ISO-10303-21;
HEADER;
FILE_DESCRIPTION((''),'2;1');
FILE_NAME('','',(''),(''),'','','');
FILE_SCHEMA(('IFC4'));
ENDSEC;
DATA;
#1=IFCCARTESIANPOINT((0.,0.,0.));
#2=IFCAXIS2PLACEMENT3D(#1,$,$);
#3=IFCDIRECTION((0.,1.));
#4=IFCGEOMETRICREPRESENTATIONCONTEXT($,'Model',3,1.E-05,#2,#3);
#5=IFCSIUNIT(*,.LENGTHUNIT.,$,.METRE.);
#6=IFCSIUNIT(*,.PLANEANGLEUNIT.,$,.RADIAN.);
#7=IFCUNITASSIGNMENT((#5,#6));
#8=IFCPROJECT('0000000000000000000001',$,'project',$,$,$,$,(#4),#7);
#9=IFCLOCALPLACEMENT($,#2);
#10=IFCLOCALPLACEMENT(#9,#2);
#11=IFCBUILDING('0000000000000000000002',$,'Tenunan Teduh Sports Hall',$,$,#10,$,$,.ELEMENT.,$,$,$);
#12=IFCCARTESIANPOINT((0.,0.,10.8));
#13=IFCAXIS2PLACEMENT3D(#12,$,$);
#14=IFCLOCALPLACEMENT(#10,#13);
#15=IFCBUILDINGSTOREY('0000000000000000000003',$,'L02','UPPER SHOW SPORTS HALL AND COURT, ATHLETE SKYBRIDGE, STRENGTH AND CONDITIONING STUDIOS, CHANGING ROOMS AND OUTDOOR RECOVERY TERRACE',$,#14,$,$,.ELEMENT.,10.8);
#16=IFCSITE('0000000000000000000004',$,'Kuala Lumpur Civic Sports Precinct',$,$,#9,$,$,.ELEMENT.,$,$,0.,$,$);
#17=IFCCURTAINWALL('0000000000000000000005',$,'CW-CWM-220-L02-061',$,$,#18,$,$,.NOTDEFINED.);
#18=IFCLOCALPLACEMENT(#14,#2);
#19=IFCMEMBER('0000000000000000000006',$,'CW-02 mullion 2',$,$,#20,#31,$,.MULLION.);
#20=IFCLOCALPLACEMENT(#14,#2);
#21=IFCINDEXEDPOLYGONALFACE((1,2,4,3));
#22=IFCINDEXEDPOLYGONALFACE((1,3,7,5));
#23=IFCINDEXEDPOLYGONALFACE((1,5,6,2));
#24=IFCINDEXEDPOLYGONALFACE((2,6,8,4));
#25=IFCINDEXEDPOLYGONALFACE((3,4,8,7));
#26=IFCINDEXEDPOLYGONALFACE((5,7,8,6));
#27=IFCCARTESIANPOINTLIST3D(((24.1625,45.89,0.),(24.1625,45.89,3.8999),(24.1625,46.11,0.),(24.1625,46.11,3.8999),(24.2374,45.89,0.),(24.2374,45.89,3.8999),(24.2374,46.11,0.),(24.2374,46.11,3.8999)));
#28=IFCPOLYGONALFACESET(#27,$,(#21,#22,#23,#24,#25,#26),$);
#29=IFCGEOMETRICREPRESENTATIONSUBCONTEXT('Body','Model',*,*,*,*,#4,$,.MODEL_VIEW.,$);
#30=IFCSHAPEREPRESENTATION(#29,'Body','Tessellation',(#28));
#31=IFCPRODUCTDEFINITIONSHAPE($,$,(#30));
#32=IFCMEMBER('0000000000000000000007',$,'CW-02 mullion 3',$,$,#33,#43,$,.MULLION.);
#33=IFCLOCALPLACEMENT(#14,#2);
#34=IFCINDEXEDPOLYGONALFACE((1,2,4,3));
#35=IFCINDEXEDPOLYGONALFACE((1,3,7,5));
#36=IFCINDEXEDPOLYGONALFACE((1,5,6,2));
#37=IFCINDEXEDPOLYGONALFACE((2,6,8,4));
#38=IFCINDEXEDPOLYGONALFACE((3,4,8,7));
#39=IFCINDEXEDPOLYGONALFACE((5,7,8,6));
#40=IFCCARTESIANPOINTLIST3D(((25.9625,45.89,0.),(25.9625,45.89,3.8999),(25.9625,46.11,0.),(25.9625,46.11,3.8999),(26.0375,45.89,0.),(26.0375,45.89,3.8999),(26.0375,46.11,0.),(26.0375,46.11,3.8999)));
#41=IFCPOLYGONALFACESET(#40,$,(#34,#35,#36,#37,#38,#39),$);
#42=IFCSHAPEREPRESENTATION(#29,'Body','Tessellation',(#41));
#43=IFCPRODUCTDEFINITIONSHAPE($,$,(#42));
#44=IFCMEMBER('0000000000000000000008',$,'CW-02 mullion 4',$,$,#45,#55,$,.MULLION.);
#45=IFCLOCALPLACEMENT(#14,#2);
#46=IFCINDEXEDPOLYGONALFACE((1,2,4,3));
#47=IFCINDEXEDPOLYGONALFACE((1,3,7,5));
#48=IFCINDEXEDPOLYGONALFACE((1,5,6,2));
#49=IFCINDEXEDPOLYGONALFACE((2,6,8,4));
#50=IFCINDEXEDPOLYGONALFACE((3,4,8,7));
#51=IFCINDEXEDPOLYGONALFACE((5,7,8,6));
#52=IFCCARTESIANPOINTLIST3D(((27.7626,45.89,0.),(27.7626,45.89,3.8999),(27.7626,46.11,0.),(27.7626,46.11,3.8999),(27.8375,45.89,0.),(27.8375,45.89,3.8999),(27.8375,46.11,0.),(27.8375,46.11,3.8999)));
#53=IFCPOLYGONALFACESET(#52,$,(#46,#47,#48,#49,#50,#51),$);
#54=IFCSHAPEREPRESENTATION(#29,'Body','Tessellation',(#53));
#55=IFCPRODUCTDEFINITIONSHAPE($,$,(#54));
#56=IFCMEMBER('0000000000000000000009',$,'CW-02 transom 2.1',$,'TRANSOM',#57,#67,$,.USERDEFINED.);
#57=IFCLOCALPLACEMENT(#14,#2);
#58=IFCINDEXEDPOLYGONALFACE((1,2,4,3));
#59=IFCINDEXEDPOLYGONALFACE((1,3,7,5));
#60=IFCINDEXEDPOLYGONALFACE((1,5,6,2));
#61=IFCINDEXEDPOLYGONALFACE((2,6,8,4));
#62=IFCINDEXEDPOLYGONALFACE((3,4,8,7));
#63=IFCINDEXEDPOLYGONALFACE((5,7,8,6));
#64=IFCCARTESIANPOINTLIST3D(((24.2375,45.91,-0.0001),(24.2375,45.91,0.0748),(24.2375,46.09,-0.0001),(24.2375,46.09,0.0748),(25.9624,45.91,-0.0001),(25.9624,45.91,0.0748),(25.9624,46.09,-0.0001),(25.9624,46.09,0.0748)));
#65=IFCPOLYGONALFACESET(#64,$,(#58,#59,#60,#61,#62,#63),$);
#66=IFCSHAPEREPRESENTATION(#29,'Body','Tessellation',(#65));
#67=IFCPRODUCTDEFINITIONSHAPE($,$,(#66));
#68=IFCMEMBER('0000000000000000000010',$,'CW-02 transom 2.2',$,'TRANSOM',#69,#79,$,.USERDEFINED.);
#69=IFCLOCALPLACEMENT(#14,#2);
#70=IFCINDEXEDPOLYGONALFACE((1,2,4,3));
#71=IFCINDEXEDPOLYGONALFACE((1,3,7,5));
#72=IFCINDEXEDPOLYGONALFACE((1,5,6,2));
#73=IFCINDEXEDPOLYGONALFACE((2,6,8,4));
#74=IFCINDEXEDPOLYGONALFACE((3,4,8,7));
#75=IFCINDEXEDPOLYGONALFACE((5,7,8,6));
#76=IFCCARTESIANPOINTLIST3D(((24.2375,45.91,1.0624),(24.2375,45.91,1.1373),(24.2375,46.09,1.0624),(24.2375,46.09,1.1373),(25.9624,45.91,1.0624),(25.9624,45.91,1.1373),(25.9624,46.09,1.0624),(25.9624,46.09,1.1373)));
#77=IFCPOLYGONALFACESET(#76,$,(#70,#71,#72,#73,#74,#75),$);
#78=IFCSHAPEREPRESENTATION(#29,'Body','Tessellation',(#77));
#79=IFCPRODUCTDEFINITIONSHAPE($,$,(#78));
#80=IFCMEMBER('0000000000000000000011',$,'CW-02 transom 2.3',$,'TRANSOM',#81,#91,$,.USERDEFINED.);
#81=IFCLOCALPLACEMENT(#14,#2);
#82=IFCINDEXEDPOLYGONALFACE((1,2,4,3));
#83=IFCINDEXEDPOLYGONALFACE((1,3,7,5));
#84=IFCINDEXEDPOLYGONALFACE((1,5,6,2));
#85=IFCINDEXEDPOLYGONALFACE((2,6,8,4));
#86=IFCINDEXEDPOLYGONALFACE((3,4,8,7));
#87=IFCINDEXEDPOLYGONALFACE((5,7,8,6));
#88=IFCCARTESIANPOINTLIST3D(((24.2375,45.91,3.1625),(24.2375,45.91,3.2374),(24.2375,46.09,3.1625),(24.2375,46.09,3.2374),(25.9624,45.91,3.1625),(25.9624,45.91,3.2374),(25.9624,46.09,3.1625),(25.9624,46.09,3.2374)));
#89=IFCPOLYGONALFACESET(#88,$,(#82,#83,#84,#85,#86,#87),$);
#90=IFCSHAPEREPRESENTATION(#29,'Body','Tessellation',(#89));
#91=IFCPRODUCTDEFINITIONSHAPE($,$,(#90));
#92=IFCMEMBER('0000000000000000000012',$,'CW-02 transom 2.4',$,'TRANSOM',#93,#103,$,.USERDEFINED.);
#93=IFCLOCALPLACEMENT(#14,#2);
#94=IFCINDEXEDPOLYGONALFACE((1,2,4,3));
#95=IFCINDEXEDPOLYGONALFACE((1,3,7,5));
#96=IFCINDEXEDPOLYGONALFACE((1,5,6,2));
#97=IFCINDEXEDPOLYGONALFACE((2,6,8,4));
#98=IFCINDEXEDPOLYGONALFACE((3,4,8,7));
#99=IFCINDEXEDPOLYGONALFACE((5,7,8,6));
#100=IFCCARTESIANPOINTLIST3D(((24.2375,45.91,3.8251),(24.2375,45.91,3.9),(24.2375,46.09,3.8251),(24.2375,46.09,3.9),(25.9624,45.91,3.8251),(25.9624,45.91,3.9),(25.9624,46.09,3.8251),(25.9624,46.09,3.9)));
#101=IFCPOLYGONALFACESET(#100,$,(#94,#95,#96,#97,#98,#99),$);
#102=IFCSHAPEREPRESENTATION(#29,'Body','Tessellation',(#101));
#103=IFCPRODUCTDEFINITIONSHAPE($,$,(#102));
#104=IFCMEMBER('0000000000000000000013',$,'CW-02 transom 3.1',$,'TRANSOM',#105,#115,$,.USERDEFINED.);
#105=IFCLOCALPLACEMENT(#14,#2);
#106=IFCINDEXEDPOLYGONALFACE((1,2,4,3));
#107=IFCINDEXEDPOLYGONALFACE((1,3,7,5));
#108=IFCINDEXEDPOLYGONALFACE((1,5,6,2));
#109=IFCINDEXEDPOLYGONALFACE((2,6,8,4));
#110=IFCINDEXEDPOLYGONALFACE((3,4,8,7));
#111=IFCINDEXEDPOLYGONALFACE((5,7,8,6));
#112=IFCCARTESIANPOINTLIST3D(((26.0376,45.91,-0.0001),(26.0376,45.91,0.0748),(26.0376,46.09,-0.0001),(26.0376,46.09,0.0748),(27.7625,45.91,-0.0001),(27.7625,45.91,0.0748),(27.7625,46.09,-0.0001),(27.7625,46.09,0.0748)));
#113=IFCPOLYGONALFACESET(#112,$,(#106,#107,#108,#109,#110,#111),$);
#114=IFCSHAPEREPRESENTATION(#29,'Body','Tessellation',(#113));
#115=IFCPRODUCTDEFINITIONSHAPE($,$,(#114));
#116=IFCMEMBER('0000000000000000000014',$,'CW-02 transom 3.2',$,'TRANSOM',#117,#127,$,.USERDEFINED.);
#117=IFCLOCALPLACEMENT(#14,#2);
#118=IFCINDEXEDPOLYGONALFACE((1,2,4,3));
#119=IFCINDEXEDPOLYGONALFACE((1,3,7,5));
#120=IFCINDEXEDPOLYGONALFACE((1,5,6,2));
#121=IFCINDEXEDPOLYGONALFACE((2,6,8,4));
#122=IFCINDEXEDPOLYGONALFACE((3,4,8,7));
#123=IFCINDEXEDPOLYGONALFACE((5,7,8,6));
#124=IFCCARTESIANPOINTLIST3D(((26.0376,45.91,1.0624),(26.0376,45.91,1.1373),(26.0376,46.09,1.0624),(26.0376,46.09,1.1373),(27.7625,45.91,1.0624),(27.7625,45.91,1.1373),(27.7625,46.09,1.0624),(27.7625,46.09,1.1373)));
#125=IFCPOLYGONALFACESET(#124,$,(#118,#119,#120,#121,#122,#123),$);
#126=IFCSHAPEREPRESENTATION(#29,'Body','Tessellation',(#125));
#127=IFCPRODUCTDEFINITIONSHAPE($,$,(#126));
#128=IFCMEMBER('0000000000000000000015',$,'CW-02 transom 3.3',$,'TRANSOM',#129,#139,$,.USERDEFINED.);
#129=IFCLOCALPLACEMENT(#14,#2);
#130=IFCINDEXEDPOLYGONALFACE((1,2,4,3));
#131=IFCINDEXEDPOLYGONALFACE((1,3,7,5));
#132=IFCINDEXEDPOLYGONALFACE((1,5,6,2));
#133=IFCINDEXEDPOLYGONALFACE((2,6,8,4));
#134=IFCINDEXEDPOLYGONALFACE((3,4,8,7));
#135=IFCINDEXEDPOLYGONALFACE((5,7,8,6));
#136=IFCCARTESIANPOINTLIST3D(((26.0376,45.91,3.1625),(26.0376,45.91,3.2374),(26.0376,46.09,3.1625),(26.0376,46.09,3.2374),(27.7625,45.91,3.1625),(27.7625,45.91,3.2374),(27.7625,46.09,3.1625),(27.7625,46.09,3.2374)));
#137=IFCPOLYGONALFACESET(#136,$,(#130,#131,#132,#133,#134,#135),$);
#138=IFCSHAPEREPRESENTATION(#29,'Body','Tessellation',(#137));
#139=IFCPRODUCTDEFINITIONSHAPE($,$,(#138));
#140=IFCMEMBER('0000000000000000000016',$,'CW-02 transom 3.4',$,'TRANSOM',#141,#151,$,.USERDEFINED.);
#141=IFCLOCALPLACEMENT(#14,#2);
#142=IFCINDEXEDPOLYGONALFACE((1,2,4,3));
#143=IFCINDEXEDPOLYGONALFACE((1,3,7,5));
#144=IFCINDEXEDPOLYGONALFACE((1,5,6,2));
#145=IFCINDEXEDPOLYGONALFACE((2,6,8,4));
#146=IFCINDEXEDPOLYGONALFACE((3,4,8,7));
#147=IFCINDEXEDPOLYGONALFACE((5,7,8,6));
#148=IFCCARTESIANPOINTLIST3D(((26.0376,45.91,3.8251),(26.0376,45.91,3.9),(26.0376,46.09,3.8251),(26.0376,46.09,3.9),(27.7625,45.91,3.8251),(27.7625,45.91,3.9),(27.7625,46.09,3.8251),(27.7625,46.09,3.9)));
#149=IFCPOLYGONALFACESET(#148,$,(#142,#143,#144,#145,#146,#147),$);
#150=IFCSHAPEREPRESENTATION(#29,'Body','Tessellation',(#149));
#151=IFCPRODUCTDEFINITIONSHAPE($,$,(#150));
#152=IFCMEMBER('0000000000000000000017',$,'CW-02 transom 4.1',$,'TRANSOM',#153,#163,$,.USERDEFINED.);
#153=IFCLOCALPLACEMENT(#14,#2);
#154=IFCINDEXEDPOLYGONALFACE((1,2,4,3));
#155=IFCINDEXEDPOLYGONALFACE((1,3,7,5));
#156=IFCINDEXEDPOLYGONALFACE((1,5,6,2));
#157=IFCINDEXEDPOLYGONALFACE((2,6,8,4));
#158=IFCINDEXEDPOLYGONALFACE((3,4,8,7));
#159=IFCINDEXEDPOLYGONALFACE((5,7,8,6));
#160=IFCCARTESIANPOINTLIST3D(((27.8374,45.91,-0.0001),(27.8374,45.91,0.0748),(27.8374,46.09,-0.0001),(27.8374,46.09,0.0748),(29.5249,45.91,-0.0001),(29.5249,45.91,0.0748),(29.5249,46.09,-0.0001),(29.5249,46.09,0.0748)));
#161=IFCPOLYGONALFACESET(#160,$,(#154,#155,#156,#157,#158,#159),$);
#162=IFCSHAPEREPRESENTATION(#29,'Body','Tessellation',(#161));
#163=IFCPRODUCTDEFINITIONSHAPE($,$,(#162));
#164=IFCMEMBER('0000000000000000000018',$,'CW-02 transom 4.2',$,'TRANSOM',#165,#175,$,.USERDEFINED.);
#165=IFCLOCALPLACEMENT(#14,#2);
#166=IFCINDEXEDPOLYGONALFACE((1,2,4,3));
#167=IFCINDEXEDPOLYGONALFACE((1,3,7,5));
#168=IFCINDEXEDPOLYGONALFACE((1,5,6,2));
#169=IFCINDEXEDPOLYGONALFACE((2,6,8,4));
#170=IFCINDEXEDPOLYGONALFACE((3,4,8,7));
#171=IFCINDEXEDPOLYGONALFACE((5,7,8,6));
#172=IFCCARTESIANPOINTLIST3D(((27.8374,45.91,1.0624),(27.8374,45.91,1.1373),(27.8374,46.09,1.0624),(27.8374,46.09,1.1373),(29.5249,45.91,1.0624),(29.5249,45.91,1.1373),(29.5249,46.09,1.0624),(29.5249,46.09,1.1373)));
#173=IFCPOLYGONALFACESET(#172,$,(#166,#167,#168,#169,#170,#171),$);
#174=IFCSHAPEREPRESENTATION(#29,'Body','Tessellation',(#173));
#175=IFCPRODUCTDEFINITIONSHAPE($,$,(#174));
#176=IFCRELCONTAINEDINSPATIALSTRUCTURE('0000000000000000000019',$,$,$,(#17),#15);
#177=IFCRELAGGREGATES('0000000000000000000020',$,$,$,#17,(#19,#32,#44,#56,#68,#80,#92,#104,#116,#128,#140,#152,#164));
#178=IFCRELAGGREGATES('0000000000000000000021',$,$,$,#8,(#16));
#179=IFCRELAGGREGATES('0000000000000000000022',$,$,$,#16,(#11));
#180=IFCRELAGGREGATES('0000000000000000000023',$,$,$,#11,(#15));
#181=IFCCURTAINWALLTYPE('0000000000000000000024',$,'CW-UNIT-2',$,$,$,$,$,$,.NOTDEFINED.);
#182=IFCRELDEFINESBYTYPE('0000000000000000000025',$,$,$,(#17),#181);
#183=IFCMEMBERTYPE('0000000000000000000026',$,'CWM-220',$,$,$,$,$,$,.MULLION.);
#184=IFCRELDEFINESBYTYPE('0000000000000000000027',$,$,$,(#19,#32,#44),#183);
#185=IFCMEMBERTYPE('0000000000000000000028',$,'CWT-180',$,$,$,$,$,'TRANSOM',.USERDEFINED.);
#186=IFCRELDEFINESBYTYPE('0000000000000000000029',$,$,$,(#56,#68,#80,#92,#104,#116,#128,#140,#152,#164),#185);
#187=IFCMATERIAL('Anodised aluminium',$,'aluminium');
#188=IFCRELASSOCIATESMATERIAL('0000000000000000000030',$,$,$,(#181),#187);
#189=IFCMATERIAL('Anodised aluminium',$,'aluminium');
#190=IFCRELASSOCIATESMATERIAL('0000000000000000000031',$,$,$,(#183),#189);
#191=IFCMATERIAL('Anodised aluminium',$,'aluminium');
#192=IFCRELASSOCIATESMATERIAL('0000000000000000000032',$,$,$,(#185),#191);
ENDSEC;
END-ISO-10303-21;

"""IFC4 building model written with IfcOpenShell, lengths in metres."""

from ifc_helpers import new_model, si_unit, direction, frame, origin, origin_2d, place, context, subcontext, project, spatial, rectangle, extrude, material, material_profile, profile_set, type_object, element, aggregate, save


model = new_model("IFC4")

# Units and contexts
model_context = context("Model", 3, precision=1e-05, world=origin(), true_north=direction((0.0, 1.0)))
body_context = subcontext(model_context, "Body", "Model", "MODEL_VIEW")
ifc_project = project(units=[si_unit("LENGTHUNIT", "METRE"), si_unit("PLANEANGLEUNIT", "RADIAN")], contexts=[model_context])

# Site, building, storey
site_placement = place(None, origin())
site = spatial("IfcSite", under=ifc_project, at=site_placement, Name="Kuala Lumpur Civic Sports Precinct", CompositionType="ELEMENT", RefElevation=0.0)
building_placement = place(site_placement, origin())
building = spatial("IfcBuilding", under=site, at=building_placement, Name="Tenunan Teduh Sports Hall", CompositionType="ELEMENT")
storey_placement = place(building_placement, frame((0.0, 0.0, 10.8)))
storey = spatial("IfcBuildingStorey", under=building, at=storey_placement, Name="L02", Description="UPPER SHOW SPORTS HALL AND COURT, ATHLETE SKYBRIDGE, STRENGTH AND CONDITIONING STUDIOS, CHANGING ROOMS AND OUTDOOR RECOVERY TERRACE", CompositionType="ELEMENT", Elevation=10.8)

# Curtain wall, members
ifc_material_1 = material(Name="Anodised aluminium", Category="aluminium")
curtain_wall_type = type_object("IfcCurtainWallType", Name="CW-UNIT-2", PredefinedType="NOTDEFINED", material=ifc_material_1)
curtain_wall_placement = place(storey_placement, origin())
curtain_wall = element("IfcCurtainWall", 1, at=curtain_wall_placement, inside=storey, type_object=curtain_wall_type, Name="CW-CWM-220-L02-061", PredefinedType="NOTDEFINED")
ifc_material_2 = material(Name="Anodised aluminium", Category="aluminium")
ifc_material_profile_1 = material_profile(ifc_material_2, rectangle(XDim=0.075, YDim=0.22, at=origin_2d()), Name="CWM 75x220")
ifc_profile_set_1 = profile_set([ifc_material_profile_1], Name="Anodised aluminium")
member_type_1 = type_object("IfcMemberType", Name="CWM-220", PredefinedType="MULLION", material=ifc_profile_set_1)
member_1_placement = place(storey_placement, frame((24.2, 46.0, 0.0), z_axis=(0.0, 0.0, 1.0), x_axis=(1.0, 0.0, 0.0)))
member_1 = element("IfcMember", 2, at=member_1_placement, type_object=member_type_1, Name="CW-02 mullion 2", PredefinedType="MULLION", context=body_context, shape_type="SweptSolid", body=[
    extrude(rectangle(XDim=0.075, YDim=0.22, at=origin_2d()), origin(), (0.0, 0.0, 1.0), 3.8999),
])
member_2_placement = place(storey_placement, frame((26.0, 46.0, 0.0), z_axis=(0.0, 0.0, 1.0), x_axis=(1.0, 0.0, 0.0)))
member_2 = element("IfcMember", 3, at=member_2_placement, type_object=member_type_1, Name="CW-02 mullion 3", PredefinedType="MULLION", context=body_context, shape_type="SweptSolid", body=[
    extrude(rectangle(XDim=0.075, YDim=0.22, at=origin_2d()), origin(), (0.0, 0.0, 1.0), 3.8999),
])
member_3_placement = place(storey_placement, frame((27.8, 46.0, 0.0), z_axis=(0.0, 0.0, 1.0), x_axis=(1.0, 0.0, 0.0)))
member_3 = element("IfcMember", 4, at=member_3_placement, type_object=member_type_1, Name="CW-02 mullion 4", PredefinedType="MULLION", context=body_context, shape_type="SweptSolid", body=[
    extrude(rectangle(XDim=0.075, YDim=0.22, at=origin_2d()), origin(), (0.0, 0.0, 1.0), 3.8999),
])
ifc_material_3 = material(Name="Anodised aluminium", Category="aluminium")
ifc_material_profile_2 = material_profile(ifc_material_3, rectangle(XDim=0.075, YDim=0.1799, at=origin_2d()), Name="CWT 75x180")
ifc_profile_set_2 = profile_set([ifc_material_profile_2], Name="Anodised aluminium")
member_type_2 = type_object("IfcMemberType", Name="CWT-180", ElementType="TRANSOM", PredefinedType="USERDEFINED", material=ifc_profile_set_2)
member_4_placement = place(storey_placement, frame((24.2375, 46.0, 0.0374), z_axis=(1.0, 0.0, 0.0), x_axis=(0.0, 0.0, 1.0)))
member_4 = element("IfcMember", 5, at=member_4_placement, type_object=member_type_2, Name="CW-02 transom 2.1", ObjectType="TRANSOM", PredefinedType="USERDEFINED", context=body_context, shape_type="SweptSolid", body=[
    extrude(rectangle(XDim=0.075, YDim=0.1799, at=origin_2d()), origin(), (0.0, 0.0, 1.0), 1.7249),
])
member_5_placement = place(storey_placement, frame((24.2375, 46.0, 1.0999), z_axis=(1.0, 0.0, 0.0), x_axis=(0.0, 0.0, 1.0)))
member_5 = element("IfcMember", 6, at=member_5_placement, type_object=member_type_2, Name="CW-02 transom 2.2", ObjectType="TRANSOM", PredefinedType="USERDEFINED", context=body_context, shape_type="SweptSolid", body=[
    extrude(rectangle(XDim=0.075, YDim=0.1799, at=origin_2d()), origin(), (0.0, 0.0, 1.0), 1.7249),
])
member_6_placement = place(storey_placement, frame((24.2375, 46.0, 3.2), z_axis=(1.0, 0.0, 0.0), x_axis=(0.0, 0.0, 1.0)))
member_6 = element("IfcMember", 7, at=member_6_placement, type_object=member_type_2, Name="CW-02 transom 2.3", ObjectType="TRANSOM", PredefinedType="USERDEFINED", context=body_context, shape_type="SweptSolid", body=[
    extrude(rectangle(XDim=0.075, YDim=0.1799, at=origin_2d()), origin(), (0.0, 0.0, 1.0), 1.7249),
])
member_7_placement = place(storey_placement, frame((24.2375, 46.0, 3.8625), z_axis=(1.0, 0.0, 0.0), x_axis=(0.0, 0.0, 1.0)))
member_7 = element("IfcMember", 8, at=member_7_placement, type_object=member_type_2, Name="CW-02 transom 2.4", ObjectType="TRANSOM", PredefinedType="USERDEFINED", context=body_context, shape_type="SweptSolid", body=[
    extrude(rectangle(XDim=0.075, YDim=0.1799, at=origin_2d()), origin(), (0.0, 0.0, 1.0), 1.7249),
])
member_8_placement = place(storey_placement, frame((26.0376, 46.0, 0.0374), z_axis=(1.0, 0.0, 0.0), x_axis=(0.0, 0.0, 1.0)))
member_8 = element("IfcMember", 9, at=member_8_placement, type_object=member_type_2, Name="CW-02 transom 3.1", ObjectType="TRANSOM", PredefinedType="USERDEFINED", context=body_context, shape_type="SweptSolid", body=[
    extrude(rectangle(XDim=0.075, YDim=0.1799, at=origin_2d()), origin(), (0.0, 0.0, 1.0), 1.7249),
])
member_9_placement = place(storey_placement, frame((26.0376, 46.0, 1.0999), z_axis=(1.0, 0.0, 0.0), x_axis=(0.0, 0.0, 1.0)))
member_9 = element("IfcMember", 10, at=member_9_placement, type_object=member_type_2, Name="CW-02 transom 3.2", ObjectType="TRANSOM", PredefinedType="USERDEFINED", context=body_context, shape_type="SweptSolid", body=[
    extrude(rectangle(XDim=0.075, YDim=0.1799, at=origin_2d()), origin(), (0.0, 0.0, 1.0), 1.7249),
])
member_10_placement = place(storey_placement, frame((26.0376, 46.0, 3.2), z_axis=(1.0, 0.0, 0.0), x_axis=(0.0, 0.0, 1.0)))
member_10 = element("IfcMember", 11, at=member_10_placement, type_object=member_type_2, Name="CW-02 transom 3.3", ObjectType="TRANSOM", PredefinedType="USERDEFINED", context=body_context, shape_type="SweptSolid", body=[
    extrude(rectangle(XDim=0.075, YDim=0.1799, at=origin_2d()), origin(), (0.0, 0.0, 1.0), 1.7249),
])
member_11_placement = place(storey_placement, frame((26.0376, 46.0, 3.8625), z_axis=(1.0, 0.0, 0.0), x_axis=(0.0, 0.0, 1.0)))
member_11 = element("IfcMember", 12, at=member_11_placement, type_object=member_type_2, Name="CW-02 transom 3.4", ObjectType="TRANSOM", PredefinedType="USERDEFINED", context=body_context, shape_type="SweptSolid", body=[
    extrude(rectangle(XDim=0.075, YDim=0.1799, at=origin_2d()), origin(), (0.0, 0.0, 1.0), 1.7249),
])
member_12_placement = place(storey_placement, frame((27.8374, 46.0, 0.0374), z_axis=(1.0, 0.0, 0.0), x_axis=(0.0, 0.0, 1.0)))
member_12 = element("IfcMember", 13, at=member_12_placement, type_object=member_type_2, Name="CW-02 transom 4.1", ObjectType="TRANSOM", PredefinedType="USERDEFINED", context=body_context, shape_type="SweptSolid", body=[
    extrude(rectangle(XDim=0.075, YDim=0.1799, at=origin_2d()), origin(), (0.0, 0.0, 1.0), 1.6875),
])
member_13_placement = place(storey_placement, frame((27.8374, 46.0, 1.0999), z_axis=(1.0, 0.0, 0.0), x_axis=(0.0, 0.0, 1.0)))
member_13 = element("IfcMember", 14, at=member_13_placement, type_object=member_type_2, Name="CW-02 transom 4.2", ObjectType="TRANSOM", PredefinedType="USERDEFINED", context=body_context, shape_type="SweptSolid", body=[
    extrude(rectangle(XDim=0.075, YDim=0.1799, at=origin_2d()), origin(), (0.0, 0.0, 1.0), 1.6875),
])

aggregate(curtain_wall, [member_1, member_2, member_3, member_4, member_5, member_6, member_7, member_8, member_9, member_10, member_11, member_12, member_13])

save(model, "model.ifc")
